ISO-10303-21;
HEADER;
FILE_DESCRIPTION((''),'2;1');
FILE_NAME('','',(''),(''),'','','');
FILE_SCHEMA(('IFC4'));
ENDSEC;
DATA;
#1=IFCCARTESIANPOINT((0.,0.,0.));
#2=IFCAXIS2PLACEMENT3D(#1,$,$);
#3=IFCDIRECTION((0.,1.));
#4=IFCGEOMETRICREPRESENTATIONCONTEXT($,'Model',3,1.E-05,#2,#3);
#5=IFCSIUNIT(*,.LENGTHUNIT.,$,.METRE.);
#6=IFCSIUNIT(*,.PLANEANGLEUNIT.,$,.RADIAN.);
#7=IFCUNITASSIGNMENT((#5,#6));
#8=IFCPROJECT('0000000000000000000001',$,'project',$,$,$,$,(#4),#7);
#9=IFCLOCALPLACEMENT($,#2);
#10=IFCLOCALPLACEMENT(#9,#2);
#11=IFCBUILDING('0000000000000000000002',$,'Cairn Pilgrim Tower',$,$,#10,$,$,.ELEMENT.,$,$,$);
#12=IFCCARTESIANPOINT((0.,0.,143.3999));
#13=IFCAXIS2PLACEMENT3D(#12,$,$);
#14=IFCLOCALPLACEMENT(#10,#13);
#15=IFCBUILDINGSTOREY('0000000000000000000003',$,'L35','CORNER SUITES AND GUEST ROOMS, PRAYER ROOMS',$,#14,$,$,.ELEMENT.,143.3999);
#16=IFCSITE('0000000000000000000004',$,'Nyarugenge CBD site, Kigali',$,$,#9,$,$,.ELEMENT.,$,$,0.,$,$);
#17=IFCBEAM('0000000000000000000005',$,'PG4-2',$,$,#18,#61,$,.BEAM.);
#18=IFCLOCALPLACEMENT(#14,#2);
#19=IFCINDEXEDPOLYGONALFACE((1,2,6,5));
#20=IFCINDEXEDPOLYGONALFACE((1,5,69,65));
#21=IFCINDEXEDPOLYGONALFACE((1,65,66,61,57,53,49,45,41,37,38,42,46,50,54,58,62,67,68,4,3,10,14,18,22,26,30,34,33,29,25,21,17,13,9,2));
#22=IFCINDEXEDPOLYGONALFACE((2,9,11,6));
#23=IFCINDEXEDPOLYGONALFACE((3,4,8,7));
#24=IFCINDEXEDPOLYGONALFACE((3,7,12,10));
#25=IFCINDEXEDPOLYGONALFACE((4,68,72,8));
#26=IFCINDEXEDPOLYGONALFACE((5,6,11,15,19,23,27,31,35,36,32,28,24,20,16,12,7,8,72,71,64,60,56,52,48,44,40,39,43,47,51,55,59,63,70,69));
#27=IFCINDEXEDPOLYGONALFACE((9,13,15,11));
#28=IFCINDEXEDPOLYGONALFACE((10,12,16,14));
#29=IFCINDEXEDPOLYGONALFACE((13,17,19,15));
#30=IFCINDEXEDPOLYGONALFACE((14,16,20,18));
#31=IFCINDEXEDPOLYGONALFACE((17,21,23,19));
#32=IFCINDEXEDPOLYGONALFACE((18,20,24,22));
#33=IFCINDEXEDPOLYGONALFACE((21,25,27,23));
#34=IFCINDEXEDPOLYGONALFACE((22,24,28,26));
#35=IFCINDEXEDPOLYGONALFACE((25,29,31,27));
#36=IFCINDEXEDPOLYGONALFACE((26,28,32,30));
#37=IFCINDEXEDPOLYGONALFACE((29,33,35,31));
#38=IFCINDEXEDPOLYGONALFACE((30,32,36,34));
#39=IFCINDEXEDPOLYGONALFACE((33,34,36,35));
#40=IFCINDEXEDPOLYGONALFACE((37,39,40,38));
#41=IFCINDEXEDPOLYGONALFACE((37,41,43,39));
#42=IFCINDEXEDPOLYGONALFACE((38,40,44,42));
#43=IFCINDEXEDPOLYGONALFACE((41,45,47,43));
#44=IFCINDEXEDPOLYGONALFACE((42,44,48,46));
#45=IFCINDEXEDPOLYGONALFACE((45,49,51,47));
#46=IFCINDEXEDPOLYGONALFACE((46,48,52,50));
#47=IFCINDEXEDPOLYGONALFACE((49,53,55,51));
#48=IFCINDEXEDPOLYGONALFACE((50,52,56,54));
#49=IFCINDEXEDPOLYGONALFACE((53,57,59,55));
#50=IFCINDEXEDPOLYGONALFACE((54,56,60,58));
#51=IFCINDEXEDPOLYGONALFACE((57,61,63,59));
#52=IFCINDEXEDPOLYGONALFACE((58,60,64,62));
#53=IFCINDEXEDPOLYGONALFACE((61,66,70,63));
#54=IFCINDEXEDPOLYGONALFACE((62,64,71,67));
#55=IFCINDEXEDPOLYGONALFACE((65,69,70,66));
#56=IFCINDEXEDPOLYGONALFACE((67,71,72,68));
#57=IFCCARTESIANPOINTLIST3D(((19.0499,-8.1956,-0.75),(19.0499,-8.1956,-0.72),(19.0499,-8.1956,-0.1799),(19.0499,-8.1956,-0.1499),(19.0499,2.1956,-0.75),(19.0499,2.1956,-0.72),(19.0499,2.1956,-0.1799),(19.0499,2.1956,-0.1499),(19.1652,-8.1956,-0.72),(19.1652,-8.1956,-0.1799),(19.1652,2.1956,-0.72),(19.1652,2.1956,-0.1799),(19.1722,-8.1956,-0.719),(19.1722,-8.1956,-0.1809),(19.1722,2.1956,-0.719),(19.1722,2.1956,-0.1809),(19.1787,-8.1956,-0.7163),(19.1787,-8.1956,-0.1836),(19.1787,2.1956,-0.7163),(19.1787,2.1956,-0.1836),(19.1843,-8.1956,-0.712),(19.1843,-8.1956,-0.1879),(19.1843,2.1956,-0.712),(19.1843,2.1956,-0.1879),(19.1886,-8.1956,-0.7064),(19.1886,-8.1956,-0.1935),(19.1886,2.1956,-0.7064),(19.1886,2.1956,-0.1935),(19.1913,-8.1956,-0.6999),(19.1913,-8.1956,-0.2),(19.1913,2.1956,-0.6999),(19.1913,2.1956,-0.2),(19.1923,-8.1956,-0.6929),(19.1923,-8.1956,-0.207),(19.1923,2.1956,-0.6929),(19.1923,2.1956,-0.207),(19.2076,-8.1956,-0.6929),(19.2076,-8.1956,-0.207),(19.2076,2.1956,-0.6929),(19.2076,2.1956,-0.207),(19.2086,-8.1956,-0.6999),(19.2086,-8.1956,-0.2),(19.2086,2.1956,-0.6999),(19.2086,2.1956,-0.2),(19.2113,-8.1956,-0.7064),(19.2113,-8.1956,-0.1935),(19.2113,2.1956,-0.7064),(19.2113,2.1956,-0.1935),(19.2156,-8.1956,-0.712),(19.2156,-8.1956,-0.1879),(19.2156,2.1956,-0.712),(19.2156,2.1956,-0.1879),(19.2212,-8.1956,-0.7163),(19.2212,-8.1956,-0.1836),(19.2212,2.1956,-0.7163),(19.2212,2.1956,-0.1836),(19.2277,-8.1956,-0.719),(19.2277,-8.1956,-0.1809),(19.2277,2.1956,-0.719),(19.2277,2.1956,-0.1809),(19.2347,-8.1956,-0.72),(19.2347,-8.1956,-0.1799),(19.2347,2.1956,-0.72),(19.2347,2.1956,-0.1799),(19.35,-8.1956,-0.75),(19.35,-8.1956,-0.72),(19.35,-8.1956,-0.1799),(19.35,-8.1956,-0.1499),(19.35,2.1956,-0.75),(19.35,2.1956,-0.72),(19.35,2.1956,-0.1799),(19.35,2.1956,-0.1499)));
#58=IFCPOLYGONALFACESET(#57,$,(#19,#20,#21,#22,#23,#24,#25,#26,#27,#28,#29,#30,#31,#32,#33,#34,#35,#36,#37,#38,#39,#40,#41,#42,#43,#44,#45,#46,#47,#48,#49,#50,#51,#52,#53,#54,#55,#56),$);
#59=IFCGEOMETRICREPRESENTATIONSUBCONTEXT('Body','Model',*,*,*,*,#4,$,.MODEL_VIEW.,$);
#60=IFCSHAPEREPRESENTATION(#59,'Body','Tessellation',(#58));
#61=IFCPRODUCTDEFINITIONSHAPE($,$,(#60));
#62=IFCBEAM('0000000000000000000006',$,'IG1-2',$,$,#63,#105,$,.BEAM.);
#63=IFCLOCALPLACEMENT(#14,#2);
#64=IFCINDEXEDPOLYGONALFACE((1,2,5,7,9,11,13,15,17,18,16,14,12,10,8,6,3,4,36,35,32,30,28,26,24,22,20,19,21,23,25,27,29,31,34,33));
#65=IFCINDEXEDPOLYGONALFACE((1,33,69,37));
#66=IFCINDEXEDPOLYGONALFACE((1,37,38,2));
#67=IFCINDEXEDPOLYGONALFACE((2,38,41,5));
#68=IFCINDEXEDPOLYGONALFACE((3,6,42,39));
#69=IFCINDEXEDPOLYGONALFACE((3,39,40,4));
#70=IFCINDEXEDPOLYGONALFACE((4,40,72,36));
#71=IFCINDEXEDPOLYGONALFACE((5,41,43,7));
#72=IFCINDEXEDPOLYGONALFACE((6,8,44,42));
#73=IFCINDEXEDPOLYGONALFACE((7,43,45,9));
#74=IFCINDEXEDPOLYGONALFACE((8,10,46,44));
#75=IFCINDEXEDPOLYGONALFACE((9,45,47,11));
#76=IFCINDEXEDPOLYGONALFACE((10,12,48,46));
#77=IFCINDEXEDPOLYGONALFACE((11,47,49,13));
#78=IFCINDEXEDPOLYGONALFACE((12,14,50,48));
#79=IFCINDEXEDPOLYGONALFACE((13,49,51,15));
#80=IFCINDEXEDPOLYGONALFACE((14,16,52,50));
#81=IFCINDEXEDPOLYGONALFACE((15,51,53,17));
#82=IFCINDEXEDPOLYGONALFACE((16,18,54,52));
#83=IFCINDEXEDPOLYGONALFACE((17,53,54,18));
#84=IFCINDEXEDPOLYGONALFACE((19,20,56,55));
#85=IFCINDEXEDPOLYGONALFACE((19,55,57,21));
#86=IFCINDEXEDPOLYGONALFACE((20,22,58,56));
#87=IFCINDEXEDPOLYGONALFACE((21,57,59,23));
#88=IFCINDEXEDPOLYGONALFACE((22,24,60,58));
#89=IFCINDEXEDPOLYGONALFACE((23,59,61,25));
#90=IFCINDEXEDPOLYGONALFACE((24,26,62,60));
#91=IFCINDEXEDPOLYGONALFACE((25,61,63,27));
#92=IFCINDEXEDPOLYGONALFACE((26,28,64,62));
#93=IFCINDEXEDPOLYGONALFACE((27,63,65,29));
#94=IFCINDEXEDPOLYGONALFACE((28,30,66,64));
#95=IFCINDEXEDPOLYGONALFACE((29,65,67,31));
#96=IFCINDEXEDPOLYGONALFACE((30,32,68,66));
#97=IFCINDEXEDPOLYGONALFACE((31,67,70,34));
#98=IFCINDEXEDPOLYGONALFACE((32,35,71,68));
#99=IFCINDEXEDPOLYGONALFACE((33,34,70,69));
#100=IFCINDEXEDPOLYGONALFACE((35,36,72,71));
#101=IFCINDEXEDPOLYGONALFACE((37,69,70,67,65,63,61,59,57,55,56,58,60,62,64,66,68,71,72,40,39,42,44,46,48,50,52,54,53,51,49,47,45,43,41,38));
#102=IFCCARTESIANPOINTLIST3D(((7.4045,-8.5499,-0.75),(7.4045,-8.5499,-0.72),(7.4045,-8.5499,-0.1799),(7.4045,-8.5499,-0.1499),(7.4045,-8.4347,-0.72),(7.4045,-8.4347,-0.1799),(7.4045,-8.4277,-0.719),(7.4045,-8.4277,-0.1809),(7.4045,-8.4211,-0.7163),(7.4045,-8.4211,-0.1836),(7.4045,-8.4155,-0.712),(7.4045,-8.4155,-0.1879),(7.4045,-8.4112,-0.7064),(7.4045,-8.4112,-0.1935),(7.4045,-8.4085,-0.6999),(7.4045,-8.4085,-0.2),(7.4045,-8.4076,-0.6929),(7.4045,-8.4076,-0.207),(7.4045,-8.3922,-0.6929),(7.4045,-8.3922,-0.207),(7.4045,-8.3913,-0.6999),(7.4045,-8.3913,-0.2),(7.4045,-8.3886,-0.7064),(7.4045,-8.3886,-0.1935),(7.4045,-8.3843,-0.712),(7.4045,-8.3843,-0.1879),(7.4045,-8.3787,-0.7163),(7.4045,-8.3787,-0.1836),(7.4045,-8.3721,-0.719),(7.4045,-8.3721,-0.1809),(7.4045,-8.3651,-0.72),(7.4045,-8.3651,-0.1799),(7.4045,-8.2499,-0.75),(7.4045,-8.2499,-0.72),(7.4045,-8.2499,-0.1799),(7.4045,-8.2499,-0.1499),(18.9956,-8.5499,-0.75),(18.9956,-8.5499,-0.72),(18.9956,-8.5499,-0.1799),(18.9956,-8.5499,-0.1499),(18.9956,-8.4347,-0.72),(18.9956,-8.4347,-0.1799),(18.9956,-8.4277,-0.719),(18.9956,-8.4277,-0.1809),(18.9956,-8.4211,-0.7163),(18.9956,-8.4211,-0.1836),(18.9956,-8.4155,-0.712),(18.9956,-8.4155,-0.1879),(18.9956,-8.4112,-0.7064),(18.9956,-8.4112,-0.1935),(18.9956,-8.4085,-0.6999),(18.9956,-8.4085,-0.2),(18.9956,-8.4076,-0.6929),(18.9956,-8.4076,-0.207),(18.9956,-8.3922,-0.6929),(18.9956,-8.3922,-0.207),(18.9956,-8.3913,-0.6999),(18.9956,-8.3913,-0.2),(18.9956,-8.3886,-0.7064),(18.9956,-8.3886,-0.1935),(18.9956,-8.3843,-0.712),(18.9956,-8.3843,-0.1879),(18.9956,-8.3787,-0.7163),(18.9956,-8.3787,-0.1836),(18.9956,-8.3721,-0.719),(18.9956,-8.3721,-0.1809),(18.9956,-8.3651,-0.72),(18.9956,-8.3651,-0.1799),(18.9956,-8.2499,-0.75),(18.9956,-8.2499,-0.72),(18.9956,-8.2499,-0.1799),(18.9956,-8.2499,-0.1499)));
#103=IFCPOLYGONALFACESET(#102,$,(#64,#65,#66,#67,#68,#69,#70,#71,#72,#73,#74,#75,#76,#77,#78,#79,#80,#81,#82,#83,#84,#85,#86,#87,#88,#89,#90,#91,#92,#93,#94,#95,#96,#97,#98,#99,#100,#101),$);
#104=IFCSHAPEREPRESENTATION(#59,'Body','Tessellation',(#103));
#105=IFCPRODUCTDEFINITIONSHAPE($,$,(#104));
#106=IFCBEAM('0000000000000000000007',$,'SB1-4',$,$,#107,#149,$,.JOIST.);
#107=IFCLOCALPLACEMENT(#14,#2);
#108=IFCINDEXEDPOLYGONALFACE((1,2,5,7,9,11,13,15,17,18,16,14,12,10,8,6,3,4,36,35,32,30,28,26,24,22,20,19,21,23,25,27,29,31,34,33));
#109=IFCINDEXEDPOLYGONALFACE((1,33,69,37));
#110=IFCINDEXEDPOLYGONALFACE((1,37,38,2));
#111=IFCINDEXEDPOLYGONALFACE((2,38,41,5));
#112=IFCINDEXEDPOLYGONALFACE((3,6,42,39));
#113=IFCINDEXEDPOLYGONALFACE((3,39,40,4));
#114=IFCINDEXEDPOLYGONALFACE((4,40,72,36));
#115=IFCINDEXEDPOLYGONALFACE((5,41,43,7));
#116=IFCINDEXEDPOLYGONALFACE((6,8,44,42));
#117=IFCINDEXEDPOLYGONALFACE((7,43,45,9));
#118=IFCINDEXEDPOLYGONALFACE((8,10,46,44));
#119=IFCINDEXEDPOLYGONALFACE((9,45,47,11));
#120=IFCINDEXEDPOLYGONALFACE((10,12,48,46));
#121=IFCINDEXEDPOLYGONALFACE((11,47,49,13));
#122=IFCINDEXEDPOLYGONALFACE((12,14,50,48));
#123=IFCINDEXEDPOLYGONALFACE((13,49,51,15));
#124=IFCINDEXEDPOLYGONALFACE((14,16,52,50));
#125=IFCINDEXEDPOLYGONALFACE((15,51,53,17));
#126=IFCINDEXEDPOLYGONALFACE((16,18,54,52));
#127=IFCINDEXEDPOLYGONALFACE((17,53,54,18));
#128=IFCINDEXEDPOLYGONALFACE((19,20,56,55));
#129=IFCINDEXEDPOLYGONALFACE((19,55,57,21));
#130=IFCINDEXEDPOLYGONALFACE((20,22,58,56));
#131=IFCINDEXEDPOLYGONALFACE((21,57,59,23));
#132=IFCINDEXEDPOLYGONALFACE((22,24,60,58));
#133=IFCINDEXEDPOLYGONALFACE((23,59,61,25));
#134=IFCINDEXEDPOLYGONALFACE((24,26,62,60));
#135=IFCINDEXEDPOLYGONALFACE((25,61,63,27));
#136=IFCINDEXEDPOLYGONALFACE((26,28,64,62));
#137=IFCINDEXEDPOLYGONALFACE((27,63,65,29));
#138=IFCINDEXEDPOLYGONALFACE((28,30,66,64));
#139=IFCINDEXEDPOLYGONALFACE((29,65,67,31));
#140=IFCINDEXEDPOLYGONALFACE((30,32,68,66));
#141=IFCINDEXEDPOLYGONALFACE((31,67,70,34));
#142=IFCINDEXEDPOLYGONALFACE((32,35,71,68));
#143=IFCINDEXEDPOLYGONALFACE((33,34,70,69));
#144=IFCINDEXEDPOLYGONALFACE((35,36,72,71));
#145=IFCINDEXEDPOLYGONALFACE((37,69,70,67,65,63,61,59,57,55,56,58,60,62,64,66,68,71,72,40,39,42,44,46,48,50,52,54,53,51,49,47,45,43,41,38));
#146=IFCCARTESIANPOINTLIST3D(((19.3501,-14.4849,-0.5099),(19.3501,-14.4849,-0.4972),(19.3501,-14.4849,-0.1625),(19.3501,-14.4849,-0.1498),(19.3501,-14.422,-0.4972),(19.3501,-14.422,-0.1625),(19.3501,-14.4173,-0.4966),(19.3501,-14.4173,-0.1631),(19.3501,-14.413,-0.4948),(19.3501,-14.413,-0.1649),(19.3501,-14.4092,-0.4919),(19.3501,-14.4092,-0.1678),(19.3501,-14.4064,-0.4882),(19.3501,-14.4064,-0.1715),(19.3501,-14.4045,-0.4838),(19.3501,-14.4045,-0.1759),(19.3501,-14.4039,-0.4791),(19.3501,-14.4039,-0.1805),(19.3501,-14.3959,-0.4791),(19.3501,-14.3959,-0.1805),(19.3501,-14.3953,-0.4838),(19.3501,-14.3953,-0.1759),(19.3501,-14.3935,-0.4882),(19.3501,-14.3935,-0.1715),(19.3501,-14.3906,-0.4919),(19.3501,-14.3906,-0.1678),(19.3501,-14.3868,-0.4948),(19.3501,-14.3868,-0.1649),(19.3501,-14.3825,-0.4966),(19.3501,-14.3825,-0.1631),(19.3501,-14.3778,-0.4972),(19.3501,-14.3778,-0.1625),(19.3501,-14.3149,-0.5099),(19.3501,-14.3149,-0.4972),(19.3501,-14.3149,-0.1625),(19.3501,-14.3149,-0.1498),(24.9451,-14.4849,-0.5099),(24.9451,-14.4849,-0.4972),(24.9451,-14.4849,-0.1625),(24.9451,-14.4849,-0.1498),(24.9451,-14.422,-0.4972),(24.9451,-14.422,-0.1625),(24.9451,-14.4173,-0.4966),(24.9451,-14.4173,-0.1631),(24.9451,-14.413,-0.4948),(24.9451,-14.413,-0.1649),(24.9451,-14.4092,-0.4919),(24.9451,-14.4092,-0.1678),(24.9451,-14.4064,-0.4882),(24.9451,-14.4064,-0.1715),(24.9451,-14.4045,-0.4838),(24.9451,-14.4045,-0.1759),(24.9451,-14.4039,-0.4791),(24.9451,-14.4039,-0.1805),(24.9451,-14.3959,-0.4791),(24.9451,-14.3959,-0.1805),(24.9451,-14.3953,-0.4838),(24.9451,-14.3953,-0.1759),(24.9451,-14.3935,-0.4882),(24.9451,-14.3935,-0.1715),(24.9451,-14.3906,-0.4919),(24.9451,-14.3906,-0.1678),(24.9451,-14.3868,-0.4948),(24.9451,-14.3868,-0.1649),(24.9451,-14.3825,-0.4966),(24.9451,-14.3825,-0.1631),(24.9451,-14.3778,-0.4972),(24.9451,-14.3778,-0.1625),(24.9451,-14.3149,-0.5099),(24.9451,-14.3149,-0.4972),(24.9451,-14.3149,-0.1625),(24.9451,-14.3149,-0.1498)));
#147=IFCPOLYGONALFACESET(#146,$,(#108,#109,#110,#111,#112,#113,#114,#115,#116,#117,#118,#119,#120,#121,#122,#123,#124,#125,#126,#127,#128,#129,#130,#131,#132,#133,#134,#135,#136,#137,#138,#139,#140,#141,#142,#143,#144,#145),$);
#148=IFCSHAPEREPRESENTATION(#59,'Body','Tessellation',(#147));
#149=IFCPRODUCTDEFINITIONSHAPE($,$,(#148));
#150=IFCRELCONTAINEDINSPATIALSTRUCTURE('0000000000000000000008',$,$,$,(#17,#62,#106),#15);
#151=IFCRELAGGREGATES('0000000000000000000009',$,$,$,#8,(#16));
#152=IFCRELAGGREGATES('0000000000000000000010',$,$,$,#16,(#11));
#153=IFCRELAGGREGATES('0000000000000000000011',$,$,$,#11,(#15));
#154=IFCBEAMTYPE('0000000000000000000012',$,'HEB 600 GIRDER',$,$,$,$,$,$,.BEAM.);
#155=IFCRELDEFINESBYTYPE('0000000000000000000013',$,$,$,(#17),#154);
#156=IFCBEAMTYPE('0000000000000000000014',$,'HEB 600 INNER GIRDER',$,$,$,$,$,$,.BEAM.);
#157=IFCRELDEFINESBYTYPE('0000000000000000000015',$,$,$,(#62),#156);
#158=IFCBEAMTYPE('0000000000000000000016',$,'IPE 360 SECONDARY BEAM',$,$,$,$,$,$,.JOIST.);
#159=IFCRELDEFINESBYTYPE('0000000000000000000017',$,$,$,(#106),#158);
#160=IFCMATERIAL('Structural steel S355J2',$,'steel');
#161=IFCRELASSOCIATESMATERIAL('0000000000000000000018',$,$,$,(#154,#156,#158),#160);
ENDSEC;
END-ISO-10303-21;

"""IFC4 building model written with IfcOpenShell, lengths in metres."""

from ifc_helpers import new_model, si_unit, direction, frame, origin, origin_2d, place, context, subcontext, project, spatial, i_section, extrude, material, material_profile, profile_set, type_object, element, save


model = new_model("IFC4")

# Units and contexts
model_context = context("Model", 3, precision=1e-05, world=origin(), true_north=direction((0.0, 1.0)))
body_context = subcontext(model_context, "Body", "Model", "MODEL_VIEW")
ifc_project = project(units=[si_unit("LENGTHUNIT", "METRE"), si_unit("PLANEANGLEUNIT", "RADIAN")], contexts=[model_context])

# Site, building, storey
site_placement = place(None, origin())
site = spatial("IfcSite", under=ifc_project, at=site_placement, Name="Nyarugenge CBD site, Kigali", CompositionType="ELEMENT", RefElevation=0.0)
building_placement = place(site_placement, origin())
building = spatial("IfcBuilding", under=site, at=building_placement, Name="Cairn Pilgrim Tower", CompositionType="ELEMENT")
storey_placement = place(building_placement, frame((0.0, 0.0, 143.3999)))
storey = spatial("IfcBuildingStorey", under=building, at=storey_placement, Name="L35", Description="CORNER SUITES AND GUEST ROOMS, PRAYER ROOMS", CompositionType="ELEMENT", Elevation=143.3999)

# Beams
ifc_material_1 = material(Name="Structural steel S355J2", Category="steel")
ifc_material_profile_1 = material_profile(ifc_material_1, i_section(OverallWidth=0.3, OverallDepth=0.6001, WebThickness=0.0154, FlangeThickness=0.03, FilletRadius=0.0271, at=origin_2d()), Name="HEB 600")
ifc_profile_set_1 = profile_set([ifc_material_profile_1], Name="Structural steel S355J2")
beam_type_1 = type_object("IfcBeamType", Name="HEB 600 GIRDER", PredefinedType="BEAM", material=ifc_profile_set_1)
beam_1_placement = place(storey_placement, frame((19.2, -8.1956, -0.45), z_axis=(0.0, 1.0, 0.0), x_axis=(-1.0, 0.0, 0.0)))
element("IfcBeam", 1, at=beam_1_placement, inside=storey, type_object=beam_type_1, Name="PG4-2", PredefinedType="BEAM", context=body_context, shape_type="SweptSolid", body=[
    extrude(i_section(OverallWidth=0.3, OverallDepth=0.6001, WebThickness=0.0154, FlangeThickness=0.03, FilletRadius=0.0271, at=origin_2d()), origin(), (0.0, 0.0, 1.0), 10.3911),
])
ifc_material_profile_2 = material_profile(ifc_material_1, i_section(OverallWidth=0.3, OverallDepth=0.6001, WebThickness=0.0154, FlangeThickness=0.03, FilletRadius=0.0271, at=origin_2d()), Name="HEB 600")
ifc_profile_set_2 = profile_set([ifc_material_profile_2], Name="Structural steel S355J2")
beam_type_2 = type_object("IfcBeamType", Name="HEB 600 INNER GIRDER", PredefinedType="BEAM", material=ifc_profile_set_2)
beam_2_placement = place(storey_placement, frame((7.4045, -8.3999, -0.45), z_axis=(1.0, 0.0, 0.0), x_axis=(0.0, 1.0, 0.0)))
element("IfcBeam", 2, at=beam_2_placement, inside=storey, type_object=beam_type_2, Name="IG1-2", PredefinedType="BEAM", context=body_context, shape_type="SweptSolid", body=[
    extrude(i_section(OverallWidth=0.3, OverallDepth=0.6001, WebThickness=0.0154, FlangeThickness=0.03, FilletRadius=0.0271, at=origin_2d()), origin(), (0.0, 0.0, 1.0), 11.5911),
])
ifc_material_profile_3 = material_profile(ifc_material_1, i_section(OverallWidth=0.1699, OverallDepth=0.3601, WebThickness=0.0081, FlangeThickness=0.0127, FilletRadius=0.0181, at=origin_2d()), Name="IPE 360")
ifc_profile_set_3 = profile_set([ifc_material_profile_3], Name="Structural steel S355J2")
beam_type_3 = type_object("IfcBeamType", Name="IPE 360 SECONDARY BEAM", PredefinedType="JOIST", material=ifc_profile_set_3)
beam_3_placement = place(storey_placement, frame((19.3501, -14.3999, -0.3298), z_axis=(1.0, 0.0, 0.0), x_axis=(0.0, 1.0, 0.0)))
element("IfcBeam", 3, at=beam_3_placement, inside=storey, type_object=beam_type_3, Name="SB1-4", PredefinedType="JOIST", context=body_context, shape_type="SweptSolid", body=[
    extrude(i_section(OverallWidth=0.1699, OverallDepth=0.3601, WebThickness=0.0081, FlangeThickness=0.0127, FilletRadius=0.0181, at=origin_2d()), origin(), (0.0, 0.0, 1.0), 5.595),
])

save(model, "model.ifc")
